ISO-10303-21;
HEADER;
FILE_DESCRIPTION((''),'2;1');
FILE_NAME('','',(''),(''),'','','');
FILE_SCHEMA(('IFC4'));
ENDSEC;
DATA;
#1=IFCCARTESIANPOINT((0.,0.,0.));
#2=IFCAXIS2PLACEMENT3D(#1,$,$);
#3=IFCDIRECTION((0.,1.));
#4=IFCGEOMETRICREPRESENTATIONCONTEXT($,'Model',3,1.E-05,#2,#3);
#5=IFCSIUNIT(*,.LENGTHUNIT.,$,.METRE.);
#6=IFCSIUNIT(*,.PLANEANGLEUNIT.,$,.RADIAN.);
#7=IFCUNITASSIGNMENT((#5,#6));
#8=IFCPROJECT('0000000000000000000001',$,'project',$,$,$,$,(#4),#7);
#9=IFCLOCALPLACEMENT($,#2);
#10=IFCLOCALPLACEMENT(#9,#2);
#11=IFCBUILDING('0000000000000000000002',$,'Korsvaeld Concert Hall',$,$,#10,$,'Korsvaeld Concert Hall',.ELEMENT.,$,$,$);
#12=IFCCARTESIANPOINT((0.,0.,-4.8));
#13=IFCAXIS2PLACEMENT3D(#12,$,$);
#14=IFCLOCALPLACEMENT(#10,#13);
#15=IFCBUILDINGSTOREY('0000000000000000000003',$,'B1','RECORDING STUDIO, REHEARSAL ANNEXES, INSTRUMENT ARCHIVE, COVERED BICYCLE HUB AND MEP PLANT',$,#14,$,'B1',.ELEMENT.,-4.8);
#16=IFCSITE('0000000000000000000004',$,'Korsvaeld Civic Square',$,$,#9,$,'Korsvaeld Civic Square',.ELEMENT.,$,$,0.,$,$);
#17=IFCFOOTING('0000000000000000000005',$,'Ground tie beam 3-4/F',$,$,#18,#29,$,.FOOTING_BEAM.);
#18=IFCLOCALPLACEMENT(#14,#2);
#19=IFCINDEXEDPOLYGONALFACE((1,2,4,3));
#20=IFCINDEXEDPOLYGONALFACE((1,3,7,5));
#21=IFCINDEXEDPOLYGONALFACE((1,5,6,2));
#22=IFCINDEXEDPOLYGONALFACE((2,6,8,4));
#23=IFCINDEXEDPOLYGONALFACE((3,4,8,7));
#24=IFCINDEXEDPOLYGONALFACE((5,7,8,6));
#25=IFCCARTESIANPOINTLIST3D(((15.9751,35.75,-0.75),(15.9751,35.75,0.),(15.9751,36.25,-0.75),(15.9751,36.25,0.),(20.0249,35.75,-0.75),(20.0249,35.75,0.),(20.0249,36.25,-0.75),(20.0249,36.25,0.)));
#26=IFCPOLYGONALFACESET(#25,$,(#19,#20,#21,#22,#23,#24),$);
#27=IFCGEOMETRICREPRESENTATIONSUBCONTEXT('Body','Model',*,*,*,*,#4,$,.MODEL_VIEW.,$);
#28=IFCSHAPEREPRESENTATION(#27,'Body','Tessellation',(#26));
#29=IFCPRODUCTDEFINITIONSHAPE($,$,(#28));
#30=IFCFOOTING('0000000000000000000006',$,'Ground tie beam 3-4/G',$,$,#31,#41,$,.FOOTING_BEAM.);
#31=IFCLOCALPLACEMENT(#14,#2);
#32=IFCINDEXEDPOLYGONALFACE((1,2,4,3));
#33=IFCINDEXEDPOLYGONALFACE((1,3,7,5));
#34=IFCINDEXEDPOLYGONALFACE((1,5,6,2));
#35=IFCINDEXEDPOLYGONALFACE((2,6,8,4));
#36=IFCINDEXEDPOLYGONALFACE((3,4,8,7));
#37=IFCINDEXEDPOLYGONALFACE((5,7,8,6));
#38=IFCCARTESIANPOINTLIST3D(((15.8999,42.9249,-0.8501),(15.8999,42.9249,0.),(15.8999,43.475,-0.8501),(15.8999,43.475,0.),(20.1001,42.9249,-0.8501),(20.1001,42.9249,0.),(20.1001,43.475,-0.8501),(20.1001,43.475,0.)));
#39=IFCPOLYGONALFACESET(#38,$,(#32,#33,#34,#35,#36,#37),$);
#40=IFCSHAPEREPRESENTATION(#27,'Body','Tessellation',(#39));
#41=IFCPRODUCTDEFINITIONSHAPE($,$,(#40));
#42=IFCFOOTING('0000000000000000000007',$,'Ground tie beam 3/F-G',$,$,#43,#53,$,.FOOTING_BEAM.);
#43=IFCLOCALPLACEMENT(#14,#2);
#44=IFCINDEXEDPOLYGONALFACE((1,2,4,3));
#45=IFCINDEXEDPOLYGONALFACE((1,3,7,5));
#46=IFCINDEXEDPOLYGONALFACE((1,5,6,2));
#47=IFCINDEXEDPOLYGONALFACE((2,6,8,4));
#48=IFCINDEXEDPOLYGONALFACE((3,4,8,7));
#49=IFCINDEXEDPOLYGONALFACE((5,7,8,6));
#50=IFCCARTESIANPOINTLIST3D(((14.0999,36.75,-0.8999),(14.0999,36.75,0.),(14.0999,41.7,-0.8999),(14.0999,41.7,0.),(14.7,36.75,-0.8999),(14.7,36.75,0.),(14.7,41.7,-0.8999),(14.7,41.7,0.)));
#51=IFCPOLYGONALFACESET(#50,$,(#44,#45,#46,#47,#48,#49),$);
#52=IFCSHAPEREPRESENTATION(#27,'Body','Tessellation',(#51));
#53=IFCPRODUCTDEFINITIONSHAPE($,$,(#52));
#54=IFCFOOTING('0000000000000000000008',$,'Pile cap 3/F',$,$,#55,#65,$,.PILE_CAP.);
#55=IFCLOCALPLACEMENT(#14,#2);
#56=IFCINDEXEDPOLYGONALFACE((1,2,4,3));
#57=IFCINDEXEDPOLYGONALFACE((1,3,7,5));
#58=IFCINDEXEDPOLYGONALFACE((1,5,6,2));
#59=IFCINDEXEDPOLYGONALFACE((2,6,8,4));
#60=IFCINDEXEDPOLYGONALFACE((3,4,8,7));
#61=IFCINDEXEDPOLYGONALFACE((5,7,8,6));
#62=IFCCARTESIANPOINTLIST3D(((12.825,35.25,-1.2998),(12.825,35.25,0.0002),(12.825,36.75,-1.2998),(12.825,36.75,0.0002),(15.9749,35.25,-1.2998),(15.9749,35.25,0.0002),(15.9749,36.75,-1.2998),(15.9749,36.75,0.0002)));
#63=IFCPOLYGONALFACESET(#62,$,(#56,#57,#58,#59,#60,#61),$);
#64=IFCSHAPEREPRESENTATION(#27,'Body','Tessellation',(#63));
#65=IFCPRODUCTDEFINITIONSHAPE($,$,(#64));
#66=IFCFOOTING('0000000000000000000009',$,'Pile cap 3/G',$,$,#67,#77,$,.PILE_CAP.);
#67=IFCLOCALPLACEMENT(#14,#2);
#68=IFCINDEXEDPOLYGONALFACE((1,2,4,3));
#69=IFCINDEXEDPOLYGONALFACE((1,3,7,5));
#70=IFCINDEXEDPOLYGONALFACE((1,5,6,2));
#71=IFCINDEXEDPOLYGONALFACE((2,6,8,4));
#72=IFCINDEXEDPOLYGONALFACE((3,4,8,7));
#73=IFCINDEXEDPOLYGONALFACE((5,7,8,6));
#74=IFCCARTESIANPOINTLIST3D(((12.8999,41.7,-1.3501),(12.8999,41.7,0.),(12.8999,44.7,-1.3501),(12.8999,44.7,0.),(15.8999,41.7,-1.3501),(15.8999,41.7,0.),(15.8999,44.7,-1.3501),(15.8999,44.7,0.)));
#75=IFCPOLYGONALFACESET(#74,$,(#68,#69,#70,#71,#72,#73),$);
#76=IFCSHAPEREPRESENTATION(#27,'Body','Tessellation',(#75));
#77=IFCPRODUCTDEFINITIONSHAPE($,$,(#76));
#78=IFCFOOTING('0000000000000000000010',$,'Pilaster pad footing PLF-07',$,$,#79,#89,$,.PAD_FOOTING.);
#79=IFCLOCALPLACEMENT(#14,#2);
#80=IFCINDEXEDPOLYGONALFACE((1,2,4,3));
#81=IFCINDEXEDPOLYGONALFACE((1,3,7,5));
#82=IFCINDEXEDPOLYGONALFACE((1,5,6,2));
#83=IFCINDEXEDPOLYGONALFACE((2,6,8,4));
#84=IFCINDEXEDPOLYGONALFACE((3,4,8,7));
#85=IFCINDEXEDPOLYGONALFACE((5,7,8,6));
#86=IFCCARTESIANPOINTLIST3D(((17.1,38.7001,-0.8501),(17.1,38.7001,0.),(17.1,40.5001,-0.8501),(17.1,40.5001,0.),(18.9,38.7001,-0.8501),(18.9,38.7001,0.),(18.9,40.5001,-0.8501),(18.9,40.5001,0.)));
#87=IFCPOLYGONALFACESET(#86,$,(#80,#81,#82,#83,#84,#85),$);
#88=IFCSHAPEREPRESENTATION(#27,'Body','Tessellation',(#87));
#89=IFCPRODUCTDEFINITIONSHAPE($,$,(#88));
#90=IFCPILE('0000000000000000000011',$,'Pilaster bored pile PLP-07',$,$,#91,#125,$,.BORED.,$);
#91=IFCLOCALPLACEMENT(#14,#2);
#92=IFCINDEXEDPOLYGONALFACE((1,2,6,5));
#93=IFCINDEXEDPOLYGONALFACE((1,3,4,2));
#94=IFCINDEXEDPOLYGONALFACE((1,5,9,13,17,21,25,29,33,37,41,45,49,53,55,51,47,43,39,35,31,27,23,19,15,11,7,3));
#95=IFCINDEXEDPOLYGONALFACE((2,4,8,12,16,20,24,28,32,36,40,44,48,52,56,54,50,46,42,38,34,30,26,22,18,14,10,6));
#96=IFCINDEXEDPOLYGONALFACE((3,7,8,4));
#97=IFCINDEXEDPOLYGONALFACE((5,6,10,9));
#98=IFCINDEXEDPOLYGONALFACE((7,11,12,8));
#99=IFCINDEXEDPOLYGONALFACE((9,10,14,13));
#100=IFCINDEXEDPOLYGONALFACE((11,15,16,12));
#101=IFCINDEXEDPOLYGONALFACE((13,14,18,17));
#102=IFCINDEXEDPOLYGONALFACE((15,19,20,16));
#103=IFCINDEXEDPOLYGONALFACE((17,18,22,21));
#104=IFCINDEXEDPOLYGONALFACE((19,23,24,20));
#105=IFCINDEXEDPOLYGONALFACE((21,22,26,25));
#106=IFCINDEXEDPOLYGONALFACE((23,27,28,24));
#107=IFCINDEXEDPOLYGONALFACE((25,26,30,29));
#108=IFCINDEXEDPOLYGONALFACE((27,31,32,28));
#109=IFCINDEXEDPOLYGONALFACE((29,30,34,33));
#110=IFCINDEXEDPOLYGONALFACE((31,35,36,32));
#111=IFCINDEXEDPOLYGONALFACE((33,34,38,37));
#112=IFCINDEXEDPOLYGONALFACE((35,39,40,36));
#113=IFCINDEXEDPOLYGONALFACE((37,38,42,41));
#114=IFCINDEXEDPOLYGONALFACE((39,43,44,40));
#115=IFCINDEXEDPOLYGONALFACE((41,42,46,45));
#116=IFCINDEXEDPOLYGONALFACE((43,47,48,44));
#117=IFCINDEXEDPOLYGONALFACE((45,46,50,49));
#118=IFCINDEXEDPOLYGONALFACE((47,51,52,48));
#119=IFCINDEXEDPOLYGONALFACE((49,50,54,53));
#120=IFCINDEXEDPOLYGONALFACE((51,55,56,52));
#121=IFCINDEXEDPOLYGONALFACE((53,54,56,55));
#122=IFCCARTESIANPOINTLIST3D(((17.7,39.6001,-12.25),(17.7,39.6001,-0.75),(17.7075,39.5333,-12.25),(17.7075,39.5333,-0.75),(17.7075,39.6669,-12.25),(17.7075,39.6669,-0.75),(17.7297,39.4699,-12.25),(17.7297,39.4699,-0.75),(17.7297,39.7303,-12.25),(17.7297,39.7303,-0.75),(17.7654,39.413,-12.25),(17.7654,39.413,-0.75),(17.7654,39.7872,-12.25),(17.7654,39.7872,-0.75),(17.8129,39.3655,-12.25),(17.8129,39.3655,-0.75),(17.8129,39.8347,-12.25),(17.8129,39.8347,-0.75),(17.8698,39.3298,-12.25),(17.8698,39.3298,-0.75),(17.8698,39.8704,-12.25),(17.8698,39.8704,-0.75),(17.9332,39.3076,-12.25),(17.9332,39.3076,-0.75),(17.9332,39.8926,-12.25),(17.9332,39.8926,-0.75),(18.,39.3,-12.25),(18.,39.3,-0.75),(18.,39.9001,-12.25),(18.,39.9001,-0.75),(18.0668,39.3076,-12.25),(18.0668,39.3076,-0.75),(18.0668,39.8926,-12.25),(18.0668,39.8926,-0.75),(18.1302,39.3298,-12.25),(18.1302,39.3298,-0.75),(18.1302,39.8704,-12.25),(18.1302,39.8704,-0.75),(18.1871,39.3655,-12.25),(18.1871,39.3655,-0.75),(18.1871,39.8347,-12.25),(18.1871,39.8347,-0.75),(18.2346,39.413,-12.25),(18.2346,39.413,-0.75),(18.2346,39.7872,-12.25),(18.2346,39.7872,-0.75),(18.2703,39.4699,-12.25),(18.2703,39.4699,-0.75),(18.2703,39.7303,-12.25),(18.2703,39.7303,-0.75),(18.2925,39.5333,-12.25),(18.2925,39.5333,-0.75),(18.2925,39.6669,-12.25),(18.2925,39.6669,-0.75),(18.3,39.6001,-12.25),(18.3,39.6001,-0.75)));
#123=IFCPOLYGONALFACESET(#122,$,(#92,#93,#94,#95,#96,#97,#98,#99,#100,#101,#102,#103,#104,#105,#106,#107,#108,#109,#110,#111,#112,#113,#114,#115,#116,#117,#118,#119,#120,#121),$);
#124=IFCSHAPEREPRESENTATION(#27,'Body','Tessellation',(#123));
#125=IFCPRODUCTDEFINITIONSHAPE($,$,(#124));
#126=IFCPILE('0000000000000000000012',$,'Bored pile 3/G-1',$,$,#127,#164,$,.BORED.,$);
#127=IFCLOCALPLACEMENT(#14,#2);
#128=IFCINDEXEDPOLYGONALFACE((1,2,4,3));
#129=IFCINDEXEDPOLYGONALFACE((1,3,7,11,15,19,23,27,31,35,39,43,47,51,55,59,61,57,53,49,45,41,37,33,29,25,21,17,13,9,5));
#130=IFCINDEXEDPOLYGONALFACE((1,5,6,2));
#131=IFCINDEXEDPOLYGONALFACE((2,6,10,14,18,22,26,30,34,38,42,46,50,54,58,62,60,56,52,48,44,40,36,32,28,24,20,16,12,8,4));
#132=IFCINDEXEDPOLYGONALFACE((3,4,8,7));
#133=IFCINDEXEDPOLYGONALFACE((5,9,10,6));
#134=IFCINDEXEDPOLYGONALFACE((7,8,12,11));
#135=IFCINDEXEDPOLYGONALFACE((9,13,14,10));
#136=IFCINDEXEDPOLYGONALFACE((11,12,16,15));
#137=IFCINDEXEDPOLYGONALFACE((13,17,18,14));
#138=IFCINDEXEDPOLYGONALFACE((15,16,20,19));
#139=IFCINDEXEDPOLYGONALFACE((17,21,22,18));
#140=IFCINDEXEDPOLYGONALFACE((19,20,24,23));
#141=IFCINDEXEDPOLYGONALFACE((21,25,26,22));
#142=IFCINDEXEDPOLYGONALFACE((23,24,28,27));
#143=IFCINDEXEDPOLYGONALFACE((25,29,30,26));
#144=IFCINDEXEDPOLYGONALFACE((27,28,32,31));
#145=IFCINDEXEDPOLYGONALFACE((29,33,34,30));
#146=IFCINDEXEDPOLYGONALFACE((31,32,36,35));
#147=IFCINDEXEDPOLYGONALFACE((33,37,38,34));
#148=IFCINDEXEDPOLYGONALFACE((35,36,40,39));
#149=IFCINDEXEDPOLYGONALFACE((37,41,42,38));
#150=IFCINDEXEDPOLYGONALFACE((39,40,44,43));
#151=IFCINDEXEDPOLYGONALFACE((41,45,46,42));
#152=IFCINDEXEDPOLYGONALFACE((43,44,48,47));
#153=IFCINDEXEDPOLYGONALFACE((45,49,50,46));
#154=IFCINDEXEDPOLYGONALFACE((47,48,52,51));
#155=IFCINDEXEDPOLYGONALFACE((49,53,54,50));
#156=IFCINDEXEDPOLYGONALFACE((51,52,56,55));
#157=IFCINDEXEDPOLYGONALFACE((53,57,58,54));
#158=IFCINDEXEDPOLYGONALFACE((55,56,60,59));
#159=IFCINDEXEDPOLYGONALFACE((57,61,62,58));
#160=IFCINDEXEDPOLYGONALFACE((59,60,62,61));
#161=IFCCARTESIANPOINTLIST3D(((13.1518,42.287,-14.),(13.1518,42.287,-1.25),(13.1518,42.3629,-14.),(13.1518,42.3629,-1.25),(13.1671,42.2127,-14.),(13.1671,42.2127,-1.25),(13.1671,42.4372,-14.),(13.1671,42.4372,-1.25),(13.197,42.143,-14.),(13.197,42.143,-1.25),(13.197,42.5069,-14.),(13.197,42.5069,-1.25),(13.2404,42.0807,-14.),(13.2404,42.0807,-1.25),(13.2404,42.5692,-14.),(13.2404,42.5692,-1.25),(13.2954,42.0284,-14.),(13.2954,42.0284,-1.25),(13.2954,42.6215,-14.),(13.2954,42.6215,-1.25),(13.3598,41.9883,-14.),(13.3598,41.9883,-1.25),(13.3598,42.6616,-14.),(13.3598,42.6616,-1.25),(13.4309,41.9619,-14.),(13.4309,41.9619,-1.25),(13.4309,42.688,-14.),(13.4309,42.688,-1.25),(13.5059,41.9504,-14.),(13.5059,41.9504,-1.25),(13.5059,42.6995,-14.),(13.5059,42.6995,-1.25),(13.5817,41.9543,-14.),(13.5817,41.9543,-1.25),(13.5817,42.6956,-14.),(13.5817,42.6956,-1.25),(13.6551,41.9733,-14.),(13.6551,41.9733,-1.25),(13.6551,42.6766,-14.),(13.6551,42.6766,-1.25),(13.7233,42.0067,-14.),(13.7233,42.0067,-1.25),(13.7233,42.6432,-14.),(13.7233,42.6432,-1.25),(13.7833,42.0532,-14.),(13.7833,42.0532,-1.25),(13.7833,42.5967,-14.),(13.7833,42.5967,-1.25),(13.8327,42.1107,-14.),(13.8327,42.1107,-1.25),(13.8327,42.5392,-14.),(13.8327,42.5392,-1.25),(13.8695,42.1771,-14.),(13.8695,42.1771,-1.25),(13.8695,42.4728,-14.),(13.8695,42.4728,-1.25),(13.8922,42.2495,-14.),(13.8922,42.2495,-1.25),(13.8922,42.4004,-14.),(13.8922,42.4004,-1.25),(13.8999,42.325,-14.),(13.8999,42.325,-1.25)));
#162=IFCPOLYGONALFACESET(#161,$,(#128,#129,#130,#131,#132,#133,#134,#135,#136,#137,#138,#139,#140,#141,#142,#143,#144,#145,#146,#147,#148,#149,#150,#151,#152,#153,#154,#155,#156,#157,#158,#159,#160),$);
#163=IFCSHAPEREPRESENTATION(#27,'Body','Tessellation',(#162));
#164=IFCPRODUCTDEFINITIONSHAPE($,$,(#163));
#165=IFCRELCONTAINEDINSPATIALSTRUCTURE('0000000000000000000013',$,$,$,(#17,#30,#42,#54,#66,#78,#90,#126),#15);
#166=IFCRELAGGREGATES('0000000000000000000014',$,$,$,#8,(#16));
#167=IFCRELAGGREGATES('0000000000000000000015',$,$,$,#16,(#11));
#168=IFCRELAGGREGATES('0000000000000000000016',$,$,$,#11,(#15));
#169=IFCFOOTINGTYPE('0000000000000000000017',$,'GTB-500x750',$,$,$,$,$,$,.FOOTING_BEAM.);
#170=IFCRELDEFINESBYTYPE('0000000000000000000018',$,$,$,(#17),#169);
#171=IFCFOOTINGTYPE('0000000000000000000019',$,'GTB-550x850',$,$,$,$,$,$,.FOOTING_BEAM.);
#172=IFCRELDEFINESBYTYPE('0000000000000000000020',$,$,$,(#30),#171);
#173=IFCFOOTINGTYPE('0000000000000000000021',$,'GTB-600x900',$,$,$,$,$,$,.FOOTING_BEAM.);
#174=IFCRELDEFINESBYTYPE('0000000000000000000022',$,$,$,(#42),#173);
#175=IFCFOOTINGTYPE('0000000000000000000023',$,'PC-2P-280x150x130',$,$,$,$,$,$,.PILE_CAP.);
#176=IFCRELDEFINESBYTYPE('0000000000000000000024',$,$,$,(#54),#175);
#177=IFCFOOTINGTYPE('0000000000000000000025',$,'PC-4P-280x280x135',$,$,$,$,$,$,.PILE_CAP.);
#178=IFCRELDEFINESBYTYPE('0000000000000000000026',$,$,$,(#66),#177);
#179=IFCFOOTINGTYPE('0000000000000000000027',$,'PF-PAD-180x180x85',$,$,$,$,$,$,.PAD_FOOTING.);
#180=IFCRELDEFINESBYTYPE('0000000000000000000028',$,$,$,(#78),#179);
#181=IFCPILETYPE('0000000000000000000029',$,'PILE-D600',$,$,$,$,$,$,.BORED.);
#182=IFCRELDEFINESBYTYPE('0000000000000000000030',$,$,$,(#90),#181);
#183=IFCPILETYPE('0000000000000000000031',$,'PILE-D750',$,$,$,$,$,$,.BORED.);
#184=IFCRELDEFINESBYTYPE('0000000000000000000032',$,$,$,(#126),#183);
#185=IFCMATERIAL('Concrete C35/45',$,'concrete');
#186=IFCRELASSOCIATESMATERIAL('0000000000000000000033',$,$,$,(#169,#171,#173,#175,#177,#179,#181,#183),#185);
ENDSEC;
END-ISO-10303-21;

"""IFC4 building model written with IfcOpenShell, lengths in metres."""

from ifc_helpers import new_model, si_unit, direction, frame, origin, origin_2d, place, context, subcontext, project, spatial, rectangle, circle, extrude, material, material_profile, profile_set, type_object, element, save


model = new_model("IFC4")

# Units and contexts
model_context = context("Model", 3, precision=1e-05, world=origin(), true_north=direction((0.0, 1.0)))
body_context = subcontext(model_context, "Body", "Model", "MODEL_VIEW")
ifc_project = project(units=[si_unit("LENGTHUNIT", "METRE"), si_unit("PLANEANGLEUNIT", "RADIAN")], contexts=[model_context])

# Site, building, storey
site_placement = place(None, origin())
site = spatial("IfcSite", under=ifc_project, at=site_placement, Name="Korsvaeld Civic Square", LongName="Korsvaeld Civic Square", CompositionType="ELEMENT", RefElevation=0.0)
building_placement = place(site_placement, origin())
building = spatial("IfcBuilding", under=site, at=building_placement, Name="Korsvaeld Concert Hall", LongName="Korsvaeld Concert Hall", CompositionType="ELEMENT")
storey_placement = place(building_placement, frame((0.0, 0.0, -4.8)))
storey = spatial("IfcBuildingStorey", under=building, at=storey_placement, Name="B1", Description="RECORDING STUDIO, REHEARSAL ANNEXES, INSTRUMENT ARCHIVE, COVERED BICYCLE HUB AND MEP PLANT", LongName="B1", CompositionType="ELEMENT", Elevation=-4.8)

# Footings
ifc_material_1 = material(Name="Concrete C35/45", Category="concrete")
ifc_material_profile_1 = material_profile(ifc_material_1, rectangle(XDim=0.5, YDim=0.75, at=origin_2d()), Name="GTB 500x750")
ifc_profile_set_1 = profile_set([ifc_material_profile_1], Name="Concrete C35/45")
footing_type_1 = type_object("IfcFootingType", Name="GTB-500x750", PredefinedType="FOOTING_BEAM", material=ifc_profile_set_1)
footing_1_placement = place(storey_placement, frame((15.9751, 36.0, -0.375), z_axis=(1.0, 0.0, 0.0), x_axis=(0.0, 1.0, 0.0)))
element("IfcFooting", 1, at=footing_1_placement, inside=storey, type_object=footing_type_1, Name="Ground tie beam 3-4/F", PredefinedType="FOOTING_BEAM", context=body_context, shape_type="SweptSolid", body=[
    extrude(rectangle(XDim=0.5, YDim=0.75, at=origin_2d()), origin(), (0.0, 0.0, 1.0), 4.0498),
])
ifc_material_profile_2 = material_profile(ifc_material_1, rectangle(XDim=0.55, YDim=0.8501, at=origin_2d()), Name="GTB 550x850")
ifc_profile_set_2 = profile_set([ifc_material_profile_2], Name="Concrete C35/45")
footing_type_2 = type_object("IfcFootingType", Name="GTB-550x850", PredefinedType="FOOTING_BEAM", material=ifc_profile_set_2)
footing_2_placement = place(storey_placement, frame((15.8999, 43.2, -0.425), z_axis=(1.0, 0.0, 0.0), x_axis=(0.0, 1.0, 0.0)))
element("IfcFooting", 2, at=footing_2_placement, inside=storey, type_object=footing_type_2, Name="Ground tie beam 3-4/G", PredefinedType="FOOTING_BEAM", context=body_context, shape_type="SweptSolid", body=[
    extrude(rectangle(XDim=0.55, YDim=0.8501, at=origin_2d()), origin(), (0.0, 0.0, 1.0), 4.2002),
])
ifc_material_profile_3 = material_profile(ifc_material_1, rectangle(XDim=0.6001, YDim=0.8999, at=origin_2d()), Name="GTB 600x900")
ifc_profile_set_3 = profile_set([ifc_material_profile_3], Name="Concrete C35/45")
footing_type_3 = type_object("IfcFootingType", Name="GTB-600x900", PredefinedType="FOOTING_BEAM", material=ifc_profile_set_3)
footing_3_placement = place(storey_placement, frame((14.3999, 36.75, -0.45), z_axis=(0.0, 1.0, 0.0), x_axis=(-1.0, 0.0, 0.0)))
element("IfcFooting", 3, at=footing_3_placement, inside=storey, type_object=footing_type_3, Name="Ground tie beam 3/F-G", PredefinedType="FOOTING_BEAM", context=body_context, shape_type="SweptSolid", body=[
    extrude(rectangle(XDim=0.6001, YDim=0.8999, at=origin_2d()), origin(), (0.0, 0.0, 1.0), 4.95),
])
footing_type_4 = type_object("IfcFootingType", Name="PC-2P-280x150x130", PredefinedType="PILE_CAP", material=ifc_material_1)
footing_4_placement = place(storey_placement, frame((14.3999, 36.0, -1.2998), z_axis=(0.0, 0.0, 1.0), x_axis=(1.0, 0.0, 0.0)))
element("IfcFooting", 4, at=footing_4_placement, inside=storey, type_object=footing_type_4, Name="Pile cap 3/F", PredefinedType="PILE_CAP", context=body_context, shape_type="SweptSolid", body=[
    extrude(rectangle(XDim=3.1499, YDim=1.5, at=origin_2d()), origin(), (0.0, 0.0, 1.0), 1.3),
])
footing_type_5 = type_object("IfcFootingType", Name="PC-4P-280x280x135", PredefinedType="PILE_CAP", material=ifc_material_1)
footing_5_placement = place(storey_placement, frame((14.3999, 43.2, -1.3501), z_axis=(0.0, 0.0, 1.0), x_axis=(1.0, 0.0, 0.0)))
element("IfcFooting", 5, at=footing_5_placement, inside=storey, type_object=footing_type_5, Name="Pile cap 3/G", PredefinedType="PILE_CAP", context=body_context, shape_type="SweptSolid", body=[
    extrude(rectangle(XDim=3.0, YDim=3.0, at=origin_2d()), origin(), (0.0, 0.0, 1.0), 1.3501),
])
footing_type_6 = type_object("IfcFootingType", Name="PF-PAD-180x180x85", PredefinedType="PAD_FOOTING", material=ifc_material_1)
footing_6_placement = place(storey_placement, frame((18.0, 39.6001, -0.8501), z_axis=(0.0, 0.0, 1.0), x_axis=(1.0, 0.0, 0.0)))
element("IfcFooting", 6, at=footing_6_placement, inside=storey, type_object=footing_type_6, Name="Pilaster pad footing PLF-07", PredefinedType="PAD_FOOTING", context=body_context, shape_type="SweptSolid", body=[
    extrude(rectangle(XDim=1.8, YDim=1.8, at=origin_2d()), origin(), (0.0, 0.0, 1.0), 0.8501),
])

# Piles
ifc_material_profile_4 = material_profile(ifc_material_1, circle(Radius=0.3, at=origin_2d()), Name="BORED PILE D600")
ifc_profile_set_4 = profile_set([ifc_material_profile_4], Name="Concrete C35/45")
pile_type_1 = type_object("IfcPileType", Name="PILE-D600", PredefinedType="BORED", material=ifc_profile_set_4)
pile_placement = place(storey_placement, frame((18.0, 39.6001, -0.75), z_axis=(0.0, 0.0, -1.0), x_axis=(1.0, 0.0, 0.0)))
element("IfcPile", 7, at=pile_placement, inside=storey, type_object=pile_type_1, Name="Pilaster bored pile PLP-07", PredefinedType="BORED", context=body_context, shape_type="SweptSolid", body=[
    extrude(circle(Radius=0.3, at=origin_2d()), origin(), (0.0, 0.0, 1.0), 11.5),
])
ifc_material_profile_5 = material_profile(ifc_material_1, circle(Radius=0.375, at=origin_2d()), Name="BORED PILE D750")
ifc_profile_set_5 = profile_set([ifc_material_profile_5], Name="Concrete C35/45")
pile_type_2 = type_object("IfcPileType", Name="PILE-D750", PredefinedType="BORED", material=ifc_profile_set_5)
for number, where, z_axis, x_axis, name in (
    (8, (13.5249, 42.325, -1.25), (0.0, 0.0, -1.0), (1.0, 0.0, 0.0), "Bored pile 3/G-1"),
):
    element("IfcPile", number, at=place(storey_placement, frame(where, z_axis=z_axis, x_axis=x_axis)), inside=storey, type_object=pile_type_2, Name=name, PredefinedType="BORED", context=body_context, shape_type="SweptSolid", body=[
        extrude(circle(Radius=0.375, at=origin_2d()), origin(), (0.0, 0.0, 1.0), 12.75),
    ])

save(model, "model.ifc")
